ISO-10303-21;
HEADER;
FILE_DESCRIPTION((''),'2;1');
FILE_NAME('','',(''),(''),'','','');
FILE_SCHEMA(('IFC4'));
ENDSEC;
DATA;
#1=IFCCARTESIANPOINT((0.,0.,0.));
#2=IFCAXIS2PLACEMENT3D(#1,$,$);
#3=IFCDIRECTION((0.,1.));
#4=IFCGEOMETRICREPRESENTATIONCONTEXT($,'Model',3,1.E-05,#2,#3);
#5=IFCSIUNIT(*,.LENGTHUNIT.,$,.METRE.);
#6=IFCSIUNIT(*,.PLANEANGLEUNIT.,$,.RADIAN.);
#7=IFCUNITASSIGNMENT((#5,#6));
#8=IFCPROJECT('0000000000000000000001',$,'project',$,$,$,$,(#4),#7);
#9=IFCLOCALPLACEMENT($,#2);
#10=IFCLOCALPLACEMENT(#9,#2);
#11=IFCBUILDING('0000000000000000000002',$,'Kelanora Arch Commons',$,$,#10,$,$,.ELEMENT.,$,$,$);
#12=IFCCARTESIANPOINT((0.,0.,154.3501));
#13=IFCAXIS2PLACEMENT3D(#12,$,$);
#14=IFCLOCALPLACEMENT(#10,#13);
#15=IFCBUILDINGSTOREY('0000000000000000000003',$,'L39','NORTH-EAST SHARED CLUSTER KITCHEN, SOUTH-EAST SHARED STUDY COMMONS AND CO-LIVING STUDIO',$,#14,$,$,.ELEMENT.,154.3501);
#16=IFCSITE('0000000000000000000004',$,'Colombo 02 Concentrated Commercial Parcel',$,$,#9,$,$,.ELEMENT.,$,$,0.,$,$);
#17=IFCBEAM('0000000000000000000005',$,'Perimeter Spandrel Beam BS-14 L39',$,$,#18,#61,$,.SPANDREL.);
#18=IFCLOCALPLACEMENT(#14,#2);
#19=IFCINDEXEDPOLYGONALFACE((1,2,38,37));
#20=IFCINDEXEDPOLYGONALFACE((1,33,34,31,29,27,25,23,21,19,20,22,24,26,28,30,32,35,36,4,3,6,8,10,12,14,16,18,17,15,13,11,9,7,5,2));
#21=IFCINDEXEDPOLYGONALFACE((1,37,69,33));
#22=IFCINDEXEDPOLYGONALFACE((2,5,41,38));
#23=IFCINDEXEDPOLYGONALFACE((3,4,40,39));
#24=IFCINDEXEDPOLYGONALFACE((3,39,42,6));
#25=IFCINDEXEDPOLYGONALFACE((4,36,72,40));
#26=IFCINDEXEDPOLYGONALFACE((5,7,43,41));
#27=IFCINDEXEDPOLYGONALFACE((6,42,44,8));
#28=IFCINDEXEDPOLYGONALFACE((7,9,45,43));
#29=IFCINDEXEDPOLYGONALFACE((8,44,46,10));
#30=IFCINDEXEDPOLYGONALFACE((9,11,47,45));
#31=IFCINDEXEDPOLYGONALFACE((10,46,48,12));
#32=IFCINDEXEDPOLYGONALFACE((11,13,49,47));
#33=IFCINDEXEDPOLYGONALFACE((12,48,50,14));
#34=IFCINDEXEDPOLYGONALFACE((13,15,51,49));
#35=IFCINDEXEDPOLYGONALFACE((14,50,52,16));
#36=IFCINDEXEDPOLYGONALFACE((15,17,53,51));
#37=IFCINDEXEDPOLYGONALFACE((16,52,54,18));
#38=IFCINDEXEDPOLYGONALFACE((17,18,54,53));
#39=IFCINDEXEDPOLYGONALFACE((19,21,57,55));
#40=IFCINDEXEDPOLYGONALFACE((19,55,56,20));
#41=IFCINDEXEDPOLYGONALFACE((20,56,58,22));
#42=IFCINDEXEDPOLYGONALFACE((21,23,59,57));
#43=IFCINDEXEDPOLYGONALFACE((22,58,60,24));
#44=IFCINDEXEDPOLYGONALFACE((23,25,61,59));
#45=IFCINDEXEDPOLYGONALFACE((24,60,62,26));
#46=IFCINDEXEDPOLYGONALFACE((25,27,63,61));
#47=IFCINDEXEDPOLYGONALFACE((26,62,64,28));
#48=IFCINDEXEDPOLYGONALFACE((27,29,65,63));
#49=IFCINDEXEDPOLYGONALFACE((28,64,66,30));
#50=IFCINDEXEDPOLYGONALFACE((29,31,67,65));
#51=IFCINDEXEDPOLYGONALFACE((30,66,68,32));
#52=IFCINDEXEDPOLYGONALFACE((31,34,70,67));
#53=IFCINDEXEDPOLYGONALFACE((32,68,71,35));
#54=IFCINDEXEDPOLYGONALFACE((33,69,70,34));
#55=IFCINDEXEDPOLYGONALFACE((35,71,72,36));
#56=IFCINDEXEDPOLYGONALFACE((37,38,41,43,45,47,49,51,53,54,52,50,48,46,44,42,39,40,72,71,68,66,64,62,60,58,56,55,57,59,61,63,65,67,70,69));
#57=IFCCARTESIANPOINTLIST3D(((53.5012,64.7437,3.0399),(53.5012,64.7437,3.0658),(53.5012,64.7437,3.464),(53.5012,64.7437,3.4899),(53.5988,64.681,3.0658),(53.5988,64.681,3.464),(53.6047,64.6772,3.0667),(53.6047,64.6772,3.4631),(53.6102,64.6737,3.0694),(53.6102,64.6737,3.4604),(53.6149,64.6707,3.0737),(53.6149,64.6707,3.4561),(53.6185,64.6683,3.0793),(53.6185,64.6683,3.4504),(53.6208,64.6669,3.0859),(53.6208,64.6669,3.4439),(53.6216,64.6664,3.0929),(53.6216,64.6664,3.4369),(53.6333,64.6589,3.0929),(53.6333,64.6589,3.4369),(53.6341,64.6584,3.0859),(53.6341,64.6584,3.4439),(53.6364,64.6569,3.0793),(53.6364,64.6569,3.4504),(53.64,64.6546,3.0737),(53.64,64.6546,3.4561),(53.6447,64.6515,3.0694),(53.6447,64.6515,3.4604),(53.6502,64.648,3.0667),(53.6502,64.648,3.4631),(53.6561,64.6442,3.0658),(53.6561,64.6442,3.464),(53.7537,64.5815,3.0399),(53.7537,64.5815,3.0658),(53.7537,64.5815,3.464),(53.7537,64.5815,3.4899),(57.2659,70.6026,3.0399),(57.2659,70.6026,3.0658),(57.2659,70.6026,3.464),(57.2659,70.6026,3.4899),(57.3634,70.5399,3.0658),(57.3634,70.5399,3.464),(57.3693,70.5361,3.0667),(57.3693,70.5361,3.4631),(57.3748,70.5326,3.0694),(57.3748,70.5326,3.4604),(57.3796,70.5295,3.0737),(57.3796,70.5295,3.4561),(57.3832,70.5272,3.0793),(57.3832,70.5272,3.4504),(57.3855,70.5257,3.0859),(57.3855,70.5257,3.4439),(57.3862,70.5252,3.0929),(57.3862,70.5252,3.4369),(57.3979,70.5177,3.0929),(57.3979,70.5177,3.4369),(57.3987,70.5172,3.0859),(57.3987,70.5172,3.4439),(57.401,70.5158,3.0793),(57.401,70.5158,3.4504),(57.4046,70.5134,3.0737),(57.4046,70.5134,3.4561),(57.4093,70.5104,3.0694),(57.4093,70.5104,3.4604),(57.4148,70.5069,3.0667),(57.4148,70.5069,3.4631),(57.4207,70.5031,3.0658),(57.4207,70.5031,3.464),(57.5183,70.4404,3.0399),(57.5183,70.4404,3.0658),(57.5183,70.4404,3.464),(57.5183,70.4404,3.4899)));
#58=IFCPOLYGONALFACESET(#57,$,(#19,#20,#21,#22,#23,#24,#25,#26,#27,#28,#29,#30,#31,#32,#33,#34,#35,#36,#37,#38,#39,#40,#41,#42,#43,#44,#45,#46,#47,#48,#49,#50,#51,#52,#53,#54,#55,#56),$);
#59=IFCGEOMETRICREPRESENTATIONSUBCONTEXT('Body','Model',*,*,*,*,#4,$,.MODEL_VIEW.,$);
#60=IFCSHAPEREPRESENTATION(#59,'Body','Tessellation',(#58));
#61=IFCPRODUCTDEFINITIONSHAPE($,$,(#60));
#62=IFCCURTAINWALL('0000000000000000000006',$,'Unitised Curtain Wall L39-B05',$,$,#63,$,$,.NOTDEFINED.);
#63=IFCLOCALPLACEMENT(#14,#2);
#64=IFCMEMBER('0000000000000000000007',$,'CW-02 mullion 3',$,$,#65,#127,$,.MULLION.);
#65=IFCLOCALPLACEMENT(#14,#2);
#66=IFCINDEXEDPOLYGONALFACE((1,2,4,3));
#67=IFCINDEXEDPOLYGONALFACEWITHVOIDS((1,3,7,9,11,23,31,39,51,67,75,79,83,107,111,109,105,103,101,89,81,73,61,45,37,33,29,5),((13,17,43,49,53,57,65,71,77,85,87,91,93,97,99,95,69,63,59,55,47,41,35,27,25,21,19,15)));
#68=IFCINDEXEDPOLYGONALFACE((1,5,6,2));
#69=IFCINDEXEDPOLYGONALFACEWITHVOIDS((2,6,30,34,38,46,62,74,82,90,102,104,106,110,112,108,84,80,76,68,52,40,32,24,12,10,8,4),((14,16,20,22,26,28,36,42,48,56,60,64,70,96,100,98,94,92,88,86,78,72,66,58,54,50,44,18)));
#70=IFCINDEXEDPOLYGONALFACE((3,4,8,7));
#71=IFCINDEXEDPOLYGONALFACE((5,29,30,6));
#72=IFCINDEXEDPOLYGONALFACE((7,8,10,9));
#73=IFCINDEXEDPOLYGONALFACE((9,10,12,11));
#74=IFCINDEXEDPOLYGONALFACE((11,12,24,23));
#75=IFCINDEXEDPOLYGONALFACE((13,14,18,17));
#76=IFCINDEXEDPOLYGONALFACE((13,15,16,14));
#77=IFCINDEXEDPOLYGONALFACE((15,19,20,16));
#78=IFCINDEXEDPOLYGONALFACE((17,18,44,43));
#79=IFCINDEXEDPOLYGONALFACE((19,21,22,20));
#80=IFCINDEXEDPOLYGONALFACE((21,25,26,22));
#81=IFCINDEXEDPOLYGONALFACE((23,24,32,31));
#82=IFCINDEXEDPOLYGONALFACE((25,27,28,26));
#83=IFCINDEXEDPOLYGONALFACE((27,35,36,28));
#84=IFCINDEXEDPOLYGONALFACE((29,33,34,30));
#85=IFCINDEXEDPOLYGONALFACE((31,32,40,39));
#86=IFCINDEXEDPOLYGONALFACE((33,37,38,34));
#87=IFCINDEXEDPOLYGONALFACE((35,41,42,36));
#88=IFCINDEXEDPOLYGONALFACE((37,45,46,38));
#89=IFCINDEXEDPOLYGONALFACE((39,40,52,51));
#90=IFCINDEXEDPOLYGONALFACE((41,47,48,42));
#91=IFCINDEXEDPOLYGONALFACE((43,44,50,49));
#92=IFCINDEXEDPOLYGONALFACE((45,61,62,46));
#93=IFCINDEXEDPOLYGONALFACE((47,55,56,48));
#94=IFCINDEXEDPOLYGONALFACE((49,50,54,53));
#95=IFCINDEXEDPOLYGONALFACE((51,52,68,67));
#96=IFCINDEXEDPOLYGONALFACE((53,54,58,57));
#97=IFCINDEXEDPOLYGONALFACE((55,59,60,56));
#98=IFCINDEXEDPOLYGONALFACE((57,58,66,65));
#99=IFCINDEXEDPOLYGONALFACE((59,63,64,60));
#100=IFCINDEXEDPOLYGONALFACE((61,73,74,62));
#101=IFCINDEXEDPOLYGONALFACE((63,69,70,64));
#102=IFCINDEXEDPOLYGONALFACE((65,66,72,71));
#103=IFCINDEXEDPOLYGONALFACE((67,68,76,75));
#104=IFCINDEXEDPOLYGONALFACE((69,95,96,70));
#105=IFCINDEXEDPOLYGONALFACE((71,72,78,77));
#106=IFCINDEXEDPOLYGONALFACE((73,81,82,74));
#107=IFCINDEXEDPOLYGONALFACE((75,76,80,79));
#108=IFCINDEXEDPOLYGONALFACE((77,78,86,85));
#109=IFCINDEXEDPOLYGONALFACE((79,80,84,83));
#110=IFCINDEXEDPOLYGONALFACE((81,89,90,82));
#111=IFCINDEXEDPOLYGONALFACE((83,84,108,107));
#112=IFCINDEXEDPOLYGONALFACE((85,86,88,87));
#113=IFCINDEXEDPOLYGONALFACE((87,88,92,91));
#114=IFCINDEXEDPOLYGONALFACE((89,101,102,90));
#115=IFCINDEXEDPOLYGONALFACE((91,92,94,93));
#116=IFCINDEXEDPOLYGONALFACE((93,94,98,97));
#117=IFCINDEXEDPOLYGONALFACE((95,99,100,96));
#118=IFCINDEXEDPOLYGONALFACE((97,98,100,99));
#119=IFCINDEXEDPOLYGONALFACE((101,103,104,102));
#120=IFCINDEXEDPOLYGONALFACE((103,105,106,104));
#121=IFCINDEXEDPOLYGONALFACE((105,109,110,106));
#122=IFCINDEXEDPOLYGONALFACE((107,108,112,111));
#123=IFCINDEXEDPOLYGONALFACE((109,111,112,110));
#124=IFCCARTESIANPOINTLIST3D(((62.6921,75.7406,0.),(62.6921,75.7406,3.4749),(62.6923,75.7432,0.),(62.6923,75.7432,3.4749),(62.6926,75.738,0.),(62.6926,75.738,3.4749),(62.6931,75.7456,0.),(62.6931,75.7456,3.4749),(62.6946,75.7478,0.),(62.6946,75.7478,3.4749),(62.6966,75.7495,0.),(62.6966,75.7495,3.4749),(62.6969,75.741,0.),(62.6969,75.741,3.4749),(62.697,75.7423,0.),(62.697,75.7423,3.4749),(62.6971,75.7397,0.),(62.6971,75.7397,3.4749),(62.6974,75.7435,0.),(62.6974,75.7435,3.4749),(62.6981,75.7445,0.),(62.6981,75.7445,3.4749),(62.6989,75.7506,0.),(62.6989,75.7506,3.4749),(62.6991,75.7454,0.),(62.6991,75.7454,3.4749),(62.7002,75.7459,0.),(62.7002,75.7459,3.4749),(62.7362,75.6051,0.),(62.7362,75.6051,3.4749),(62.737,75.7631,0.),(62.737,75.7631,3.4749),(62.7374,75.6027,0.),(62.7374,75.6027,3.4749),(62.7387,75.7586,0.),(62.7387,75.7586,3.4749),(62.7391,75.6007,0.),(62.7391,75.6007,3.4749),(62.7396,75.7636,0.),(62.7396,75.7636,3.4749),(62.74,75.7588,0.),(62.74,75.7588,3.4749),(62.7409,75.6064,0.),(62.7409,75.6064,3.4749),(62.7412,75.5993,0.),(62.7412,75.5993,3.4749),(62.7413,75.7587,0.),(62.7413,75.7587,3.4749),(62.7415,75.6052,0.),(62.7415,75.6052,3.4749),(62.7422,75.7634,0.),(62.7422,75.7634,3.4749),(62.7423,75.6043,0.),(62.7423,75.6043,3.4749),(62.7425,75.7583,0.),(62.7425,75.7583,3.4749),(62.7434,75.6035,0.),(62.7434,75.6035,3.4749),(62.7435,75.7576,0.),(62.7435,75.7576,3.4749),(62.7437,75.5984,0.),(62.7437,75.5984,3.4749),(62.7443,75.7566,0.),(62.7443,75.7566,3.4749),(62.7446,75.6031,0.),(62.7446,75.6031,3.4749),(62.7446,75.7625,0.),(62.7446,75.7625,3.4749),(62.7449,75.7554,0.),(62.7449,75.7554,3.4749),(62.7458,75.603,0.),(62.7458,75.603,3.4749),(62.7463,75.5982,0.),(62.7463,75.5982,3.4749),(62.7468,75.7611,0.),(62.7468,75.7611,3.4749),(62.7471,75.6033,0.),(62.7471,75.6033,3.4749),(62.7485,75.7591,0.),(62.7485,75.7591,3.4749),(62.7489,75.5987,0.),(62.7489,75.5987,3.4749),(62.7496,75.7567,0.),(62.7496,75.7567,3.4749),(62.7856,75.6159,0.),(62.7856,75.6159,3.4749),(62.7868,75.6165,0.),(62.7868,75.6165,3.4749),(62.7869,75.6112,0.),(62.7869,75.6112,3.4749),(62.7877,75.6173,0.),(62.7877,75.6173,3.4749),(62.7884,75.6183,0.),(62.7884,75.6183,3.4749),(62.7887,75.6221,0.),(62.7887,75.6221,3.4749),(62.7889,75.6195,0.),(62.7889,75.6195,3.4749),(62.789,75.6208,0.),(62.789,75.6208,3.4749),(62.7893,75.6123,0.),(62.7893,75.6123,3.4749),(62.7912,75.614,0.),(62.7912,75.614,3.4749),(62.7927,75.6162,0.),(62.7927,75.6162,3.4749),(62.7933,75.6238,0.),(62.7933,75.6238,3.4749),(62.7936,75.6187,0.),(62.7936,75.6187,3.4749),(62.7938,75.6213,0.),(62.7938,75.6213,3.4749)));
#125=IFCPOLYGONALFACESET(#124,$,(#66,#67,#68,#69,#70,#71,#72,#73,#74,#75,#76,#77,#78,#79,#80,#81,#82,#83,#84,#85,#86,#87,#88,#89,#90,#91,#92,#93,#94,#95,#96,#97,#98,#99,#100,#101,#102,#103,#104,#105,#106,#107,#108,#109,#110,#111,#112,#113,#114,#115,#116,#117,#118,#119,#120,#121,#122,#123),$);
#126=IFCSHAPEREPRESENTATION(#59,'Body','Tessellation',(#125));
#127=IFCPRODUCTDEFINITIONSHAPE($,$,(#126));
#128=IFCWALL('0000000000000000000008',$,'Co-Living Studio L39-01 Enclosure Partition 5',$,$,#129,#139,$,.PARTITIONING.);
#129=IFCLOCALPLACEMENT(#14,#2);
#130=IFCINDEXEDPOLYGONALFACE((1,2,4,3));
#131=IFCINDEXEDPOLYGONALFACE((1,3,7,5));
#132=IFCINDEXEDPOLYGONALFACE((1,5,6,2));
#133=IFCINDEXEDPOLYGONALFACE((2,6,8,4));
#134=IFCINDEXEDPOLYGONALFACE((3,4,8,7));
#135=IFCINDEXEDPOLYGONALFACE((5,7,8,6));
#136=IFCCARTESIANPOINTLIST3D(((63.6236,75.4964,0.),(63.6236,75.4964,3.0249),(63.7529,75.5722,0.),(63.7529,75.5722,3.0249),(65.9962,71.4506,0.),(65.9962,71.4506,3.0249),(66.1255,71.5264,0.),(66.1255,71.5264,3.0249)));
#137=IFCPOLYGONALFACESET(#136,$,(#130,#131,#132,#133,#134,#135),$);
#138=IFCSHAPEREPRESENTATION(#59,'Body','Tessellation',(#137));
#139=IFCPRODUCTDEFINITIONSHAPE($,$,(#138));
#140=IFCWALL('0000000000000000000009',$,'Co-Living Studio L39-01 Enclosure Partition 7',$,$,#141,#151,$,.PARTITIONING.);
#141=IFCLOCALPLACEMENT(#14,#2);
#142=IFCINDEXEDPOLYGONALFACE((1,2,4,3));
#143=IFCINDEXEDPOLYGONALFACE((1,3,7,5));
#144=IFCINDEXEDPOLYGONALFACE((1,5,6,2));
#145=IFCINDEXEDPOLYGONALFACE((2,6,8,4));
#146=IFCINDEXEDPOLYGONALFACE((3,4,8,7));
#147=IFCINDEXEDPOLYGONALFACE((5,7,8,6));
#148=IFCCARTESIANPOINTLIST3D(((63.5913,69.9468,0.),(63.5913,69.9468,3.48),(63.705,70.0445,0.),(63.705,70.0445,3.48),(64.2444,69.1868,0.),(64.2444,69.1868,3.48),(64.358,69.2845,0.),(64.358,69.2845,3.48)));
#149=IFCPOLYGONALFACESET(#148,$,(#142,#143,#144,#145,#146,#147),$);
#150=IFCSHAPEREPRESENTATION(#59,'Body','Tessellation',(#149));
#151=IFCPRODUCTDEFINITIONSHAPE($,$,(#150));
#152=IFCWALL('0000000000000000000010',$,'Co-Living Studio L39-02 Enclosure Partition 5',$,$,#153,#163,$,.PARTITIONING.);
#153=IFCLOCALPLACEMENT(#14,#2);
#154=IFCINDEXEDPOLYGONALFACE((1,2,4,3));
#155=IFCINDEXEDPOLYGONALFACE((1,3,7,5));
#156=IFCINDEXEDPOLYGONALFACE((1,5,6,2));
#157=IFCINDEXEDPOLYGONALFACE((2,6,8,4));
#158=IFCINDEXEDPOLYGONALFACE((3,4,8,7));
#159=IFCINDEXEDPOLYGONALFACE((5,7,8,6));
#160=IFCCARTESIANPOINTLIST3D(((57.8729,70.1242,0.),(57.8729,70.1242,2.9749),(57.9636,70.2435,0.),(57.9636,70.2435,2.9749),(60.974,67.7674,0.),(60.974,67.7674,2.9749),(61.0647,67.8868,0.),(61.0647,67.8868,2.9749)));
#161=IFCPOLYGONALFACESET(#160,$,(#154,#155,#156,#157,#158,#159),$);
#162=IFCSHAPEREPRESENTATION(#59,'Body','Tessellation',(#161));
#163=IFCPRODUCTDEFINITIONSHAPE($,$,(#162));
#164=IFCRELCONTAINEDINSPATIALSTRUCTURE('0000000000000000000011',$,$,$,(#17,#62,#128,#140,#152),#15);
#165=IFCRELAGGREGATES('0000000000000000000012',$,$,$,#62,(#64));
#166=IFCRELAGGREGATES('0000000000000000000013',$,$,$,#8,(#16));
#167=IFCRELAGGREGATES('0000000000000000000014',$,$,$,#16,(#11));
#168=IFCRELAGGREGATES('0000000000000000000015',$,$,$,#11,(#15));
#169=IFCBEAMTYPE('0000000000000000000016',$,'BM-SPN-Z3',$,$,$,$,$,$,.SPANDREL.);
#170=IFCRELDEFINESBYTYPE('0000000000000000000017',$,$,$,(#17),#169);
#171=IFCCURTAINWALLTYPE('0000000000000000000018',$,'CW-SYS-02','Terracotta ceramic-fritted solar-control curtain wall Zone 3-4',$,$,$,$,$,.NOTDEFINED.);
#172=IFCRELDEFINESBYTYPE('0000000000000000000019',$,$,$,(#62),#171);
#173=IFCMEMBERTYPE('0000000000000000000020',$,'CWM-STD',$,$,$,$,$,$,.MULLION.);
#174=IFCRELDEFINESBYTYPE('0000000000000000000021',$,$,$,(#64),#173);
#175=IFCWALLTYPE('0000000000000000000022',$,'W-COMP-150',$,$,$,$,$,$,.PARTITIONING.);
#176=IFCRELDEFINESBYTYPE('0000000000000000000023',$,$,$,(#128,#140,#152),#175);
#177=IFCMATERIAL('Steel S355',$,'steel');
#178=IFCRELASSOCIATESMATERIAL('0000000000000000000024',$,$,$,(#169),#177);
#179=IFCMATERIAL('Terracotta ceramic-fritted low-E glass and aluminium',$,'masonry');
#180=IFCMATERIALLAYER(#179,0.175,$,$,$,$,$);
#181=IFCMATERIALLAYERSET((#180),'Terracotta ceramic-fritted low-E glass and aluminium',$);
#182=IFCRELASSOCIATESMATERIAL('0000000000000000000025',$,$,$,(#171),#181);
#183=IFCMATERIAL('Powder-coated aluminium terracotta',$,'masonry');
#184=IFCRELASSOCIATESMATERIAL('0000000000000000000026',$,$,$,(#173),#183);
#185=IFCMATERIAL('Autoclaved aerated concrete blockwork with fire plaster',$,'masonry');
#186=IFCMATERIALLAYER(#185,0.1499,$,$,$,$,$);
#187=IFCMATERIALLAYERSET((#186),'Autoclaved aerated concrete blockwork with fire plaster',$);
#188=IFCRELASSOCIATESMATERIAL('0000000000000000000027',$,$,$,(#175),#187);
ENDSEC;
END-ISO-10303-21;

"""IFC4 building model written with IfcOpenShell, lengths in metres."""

from ifc_helpers import new_model, si_unit, direction, frame, frame_2d, origin, origin_2d, place, context, subcontext, project, spatial, rectangle, hollow_rectangle, i_section, extrude, material, layer, layer_set, material_profile, profile_set, type_object, element, aggregate, save


model = new_model("IFC4")

# Units and contexts
model_context = context("Model", 3, precision=1e-05, world=origin(), true_north=direction((0.0, 1.0)))
body_context = subcontext(model_context, "Body", "Model", "MODEL_VIEW")
ifc_project = project(units=[si_unit("LENGTHUNIT", "METRE"), si_unit("PLANEANGLEUNIT", "RADIAN")], contexts=[model_context])

# Site, building, storey
site_placement = place(None, origin())
site = spatial("IfcSite", under=ifc_project, at=site_placement, Name="Colombo 02 Concentrated Commercial Parcel", CompositionType="ELEMENT", RefElevation=0.0)
building_placement = place(site_placement, origin())
building = spatial("IfcBuilding", under=site, at=building_placement, Name="Kelanora Arch Commons", CompositionType="ELEMENT")
storey_placement = place(building_placement, frame((0.0, 0.0, 154.3501)))
storey = spatial("IfcBuildingStorey", under=building, at=storey_placement, Name="L39", Description="NORTH-EAST SHARED CLUSTER KITCHEN, SOUTH-EAST SHARED STUDY COMMONS AND CO-LIVING STUDIO", CompositionType="ELEMENT", Elevation=154.3501)

# Beam
ifc_material_1 = material(Name="Steel S355", Category="steel")
ifc_material_profile_1 = material_profile(ifc_material_1, i_section(OverallWidth=0.3, OverallDepth=0.45, WebThickness=0.0139, FlangeThickness=0.0259, FilletRadius=0.0271, at=origin_2d()), Name="HEB450")
ifc_profile_set_1 = profile_set([ifc_material_profile_1], Name="Steel S355")
beam_type_1 = type_object("IfcBeamType", Name="BM-SPN-Z3", PredefinedType="SPANDREL", material=ifc_profile_set_1)
beam_1_placement = place(storey_placement, frame((57.3921, 70.5215, 3.2649), z_axis=(-0.540577, -0.841295, 0.0), x_axis=(0.841295, -0.540577, 0.0)))
element("IfcBeam", 1, at=beam_1_placement, inside=storey, type_object=beam_type_1, Name="Perimeter Spandrel Beam BS-14 L39", PredefinedType="SPANDREL", context=body_context, shape_type="SweptSolid", body=[
    extrude(i_section(OverallWidth=0.3, OverallDepth=0.45, WebThickness=0.0139, FlangeThickness=0.0259, FilletRadius=0.0271, at=origin_2d()), origin(), (0.0, 0.0, 1.0), 6.9641),
])

# Curtain wall, member
ifc_material_2 = material(Name="Terracotta ceramic-fritted low-E glass and aluminium", Category="masonry")
ifc_layer_1 = layer(ifc_material_2, 0.175)
ifc_layer_set_1 = layer_set([ifc_layer_1], Name="Terracotta ceramic-fritted low-E glass and aluminium")
curtain_wall_type = type_object("IfcCurtainWallType", Name="CW-SYS-02", Description="Terracotta ceramic-fritted solar-control curtain wall Zone 3-4", PredefinedType="NOTDEFINED", material=ifc_layer_set_1)
curtain_wall_placement = place(storey_placement, origin())
curtain_wall = element("IfcCurtainWall", 2, at=curtain_wall_placement, inside=storey, type_object=curtain_wall_type, Name="Unitised Curtain Wall L39-B05", PredefinedType="NOTDEFINED")
ifc_material_3 = material(Name="Powder-coated aluminium terracotta", Category="masonry")
ifc_material_profile_2 = material_profile(ifc_material_3, hollow_rectangle(XDim=0.1599, YDim=0.0601, WallThickness=0.0049, InnerFilletRadius=0.0049, OuterFilletRadius=0.01, at=origin_2d()), Name="CWM160x60")
ifc_profile_set_2 = profile_set([ifc_material_profile_2], Name="Powder-coated aluminium terracotta")
member_type = type_object("IfcMemberType", Name="CWM-STD", PredefinedType="MULLION", material=ifc_profile_set_2)
member_placement = place(storey_placement, frame((62.7429, 75.6809, 0.0), z_axis=(0.0, 0.0, 1.0), x_axis=(0.312128, -0.95004, 0.0)))
member = element("IfcMember", 3, at=member_placement, type_object=member_type, Name="CW-02 mullion 3", PredefinedType="MULLION", context=body_context, shape_type="SweptSolid", body=[
    extrude(hollow_rectangle(XDim=0.1599, YDim=0.0601, WallThickness=0.0049, InnerFilletRadius=0.0049, OuterFilletRadius=0.01, at=origin_2d()), origin(), (0.0, 0.0, 1.0), 3.4749),
])
aggregate(curtain_wall, [member])

# Walls
ifc_material_4 = material(Name="Autoclaved aerated concrete blockwork with fire plaster", Category="masonry")
ifc_layer_2 = layer(ifc_material_4, 0.1499)
ifc_layer_set_2 = layer_set([ifc_layer_2], Name="Autoclaved aerated concrete blockwork with fire plaster")
wall_type_1 = type_object("IfcWallType", Name="W-COMP-150", PredefinedType="PARTITIONING", material=ifc_layer_set_2)
wall_1_placement = place(storey_placement, frame((63.6882, 75.5344, 0.0), z_axis=(0.0, 0.0, 1.0), x_axis=(0.50585, -0.862621, 0.0)))
element("IfcWall", 4, at=wall_1_placement, inside=storey, type_object=wall_type_1, Name="Co-Living Studio L39-01 Enclosure Partition 5", PredefinedType="PARTITIONING", context=body_context, shape_type="SweptSolid", body=[
    extrude(rectangle(XDim=4.6902, YDim=0.1499, at=frame_2d((2.3452, 0.0))), origin(), (0.0, 0.0, 1.0), 3.0249),
])
wall_2_placement = place(storey_placement, frame((63.6482, 69.9956, 0.0), z_axis=(0.0, 0.0, 1.0), x_axis=(0.651734, -0.758448, 0.0)))
element("IfcWall", 5, at=wall_2_placement, inside=storey, type_object=wall_type_1, Name="Co-Living Studio L39-01 Enclosure Partition 7", PredefinedType="PARTITIONING", context=body_context, shape_type="SweptSolid", body=[
    extrude(rectangle(XDim=1.002, YDim=0.1499, at=frame_2d((0.501, 0.0))), origin(), (0.0, 0.0, 1.0), 3.48),
])
wall_3_placement = place(storey_placement, frame((57.9182, 70.1838, 0.0), z_axis=(0.0, 0.0, 1.0), x_axis=(0.796178, -0.605063, 0.0)))
element("IfcWall", 6, at=wall_3_placement, inside=storey, type_object=wall_type_1, Name="Co-Living Studio L39-02 Enclosure Partition 5", PredefinedType="PARTITIONING", context=body_context, shape_type="SweptSolid", body=[
    extrude(rectangle(XDim=3.895, YDim=0.1499, at=frame_2d((1.9475, 0.0))), origin(), (0.0, 0.0, 1.0), 2.9749),
])

save(model, "model.ifc")
